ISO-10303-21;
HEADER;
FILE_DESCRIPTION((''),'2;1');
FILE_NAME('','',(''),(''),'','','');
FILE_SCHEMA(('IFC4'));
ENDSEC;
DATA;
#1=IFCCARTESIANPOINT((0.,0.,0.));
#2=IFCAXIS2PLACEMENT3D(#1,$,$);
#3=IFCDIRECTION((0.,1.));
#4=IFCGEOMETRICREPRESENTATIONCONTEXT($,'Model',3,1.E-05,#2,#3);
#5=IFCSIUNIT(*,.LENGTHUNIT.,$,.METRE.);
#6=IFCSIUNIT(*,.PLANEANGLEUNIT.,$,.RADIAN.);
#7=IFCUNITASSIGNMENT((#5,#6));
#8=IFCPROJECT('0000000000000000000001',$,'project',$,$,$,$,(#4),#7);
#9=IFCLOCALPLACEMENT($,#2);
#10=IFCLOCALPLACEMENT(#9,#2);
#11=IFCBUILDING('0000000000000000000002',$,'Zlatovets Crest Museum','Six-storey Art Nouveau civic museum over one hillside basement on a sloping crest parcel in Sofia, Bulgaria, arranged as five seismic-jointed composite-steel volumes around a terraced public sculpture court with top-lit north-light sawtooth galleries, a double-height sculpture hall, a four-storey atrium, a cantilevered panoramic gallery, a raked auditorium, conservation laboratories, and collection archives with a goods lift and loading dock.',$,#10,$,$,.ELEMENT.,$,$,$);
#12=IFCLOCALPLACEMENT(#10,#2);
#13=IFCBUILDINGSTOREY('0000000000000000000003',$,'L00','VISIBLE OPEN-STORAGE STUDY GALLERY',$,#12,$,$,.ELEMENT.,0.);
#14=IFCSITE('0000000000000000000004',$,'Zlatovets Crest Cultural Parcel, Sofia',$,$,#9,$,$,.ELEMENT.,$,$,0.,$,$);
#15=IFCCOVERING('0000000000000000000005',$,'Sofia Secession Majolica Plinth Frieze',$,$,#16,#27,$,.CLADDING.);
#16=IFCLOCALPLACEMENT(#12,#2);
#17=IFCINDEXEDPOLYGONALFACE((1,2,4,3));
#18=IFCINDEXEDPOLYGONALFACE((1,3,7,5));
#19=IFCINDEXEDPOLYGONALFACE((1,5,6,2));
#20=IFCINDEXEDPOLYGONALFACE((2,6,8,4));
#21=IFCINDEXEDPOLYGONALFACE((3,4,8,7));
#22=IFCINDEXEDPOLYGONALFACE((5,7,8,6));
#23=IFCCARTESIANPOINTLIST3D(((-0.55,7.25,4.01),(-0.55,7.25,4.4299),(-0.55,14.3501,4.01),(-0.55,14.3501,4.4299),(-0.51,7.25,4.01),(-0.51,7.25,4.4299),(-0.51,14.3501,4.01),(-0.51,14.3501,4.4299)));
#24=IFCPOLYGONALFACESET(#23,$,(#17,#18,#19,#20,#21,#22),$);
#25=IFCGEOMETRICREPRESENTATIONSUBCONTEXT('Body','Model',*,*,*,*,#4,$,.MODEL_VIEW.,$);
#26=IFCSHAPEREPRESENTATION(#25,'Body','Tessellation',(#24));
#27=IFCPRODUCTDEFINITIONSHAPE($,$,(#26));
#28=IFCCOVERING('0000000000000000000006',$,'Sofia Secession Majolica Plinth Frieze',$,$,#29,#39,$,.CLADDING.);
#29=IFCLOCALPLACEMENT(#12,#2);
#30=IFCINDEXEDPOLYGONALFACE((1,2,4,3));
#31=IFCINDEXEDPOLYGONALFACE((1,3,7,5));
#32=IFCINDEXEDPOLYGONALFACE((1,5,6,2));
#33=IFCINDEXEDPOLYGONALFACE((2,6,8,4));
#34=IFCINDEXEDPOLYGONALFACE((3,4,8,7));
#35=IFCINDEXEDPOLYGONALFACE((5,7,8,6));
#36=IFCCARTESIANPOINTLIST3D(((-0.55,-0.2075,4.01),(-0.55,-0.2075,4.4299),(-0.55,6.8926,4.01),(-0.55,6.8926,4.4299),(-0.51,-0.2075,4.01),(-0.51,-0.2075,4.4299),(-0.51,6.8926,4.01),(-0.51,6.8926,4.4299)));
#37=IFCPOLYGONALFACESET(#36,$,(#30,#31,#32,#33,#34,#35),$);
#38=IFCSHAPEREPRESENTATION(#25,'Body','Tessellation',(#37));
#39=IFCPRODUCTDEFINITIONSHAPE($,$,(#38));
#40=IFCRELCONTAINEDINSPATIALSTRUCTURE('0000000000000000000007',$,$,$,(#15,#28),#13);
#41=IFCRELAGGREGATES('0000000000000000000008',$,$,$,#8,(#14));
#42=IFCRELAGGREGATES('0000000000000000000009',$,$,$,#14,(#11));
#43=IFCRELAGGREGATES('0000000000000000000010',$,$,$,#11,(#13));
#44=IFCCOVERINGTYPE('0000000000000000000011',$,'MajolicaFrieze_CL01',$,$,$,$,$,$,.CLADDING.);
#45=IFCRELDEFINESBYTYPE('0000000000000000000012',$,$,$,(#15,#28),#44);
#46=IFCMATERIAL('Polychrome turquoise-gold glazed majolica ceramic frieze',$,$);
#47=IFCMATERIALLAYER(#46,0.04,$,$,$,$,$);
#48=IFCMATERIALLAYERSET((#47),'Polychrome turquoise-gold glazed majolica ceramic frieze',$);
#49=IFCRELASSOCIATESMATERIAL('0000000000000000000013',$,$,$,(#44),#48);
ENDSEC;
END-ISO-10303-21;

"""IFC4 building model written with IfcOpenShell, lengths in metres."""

from ifc_helpers import new_model, si_unit, direction, frame, origin, origin_2d, place, context, subcontext, project, spatial, rectangle, extrude, material, layer, layer_set, type_object, element, save


model = new_model("IFC4")

# Units and contexts
model_context = context("Model", 3, precision=1e-05, world=origin(), true_north=direction((0.0, 1.0)))
body_context = subcontext(model_context, "Body", "Model", "MODEL_VIEW")
ifc_project = project(units=[si_unit("LENGTHUNIT", "METRE"), si_unit("PLANEANGLEUNIT", "RADIAN")], contexts=[model_context])

# Site, building, storey
site_placement = place(None, origin())
site = spatial("IfcSite", under=ifc_project, at=site_placement, Name="Zlatovets Crest Cultural Parcel, Sofia", CompositionType="ELEMENT", RefElevation=0.0)
building_placement = place(site_placement, origin())
building = spatial("IfcBuilding", under=site, at=building_placement, Name="Zlatovets Crest Museum", Description="Six-storey Art Nouveau civic museum over one hillside basement on a sloping crest parcel in Sofia, Bulgaria, arranged as five seismic-jointed composite-steel volumes around a terraced public sculpture court with top-lit north-light sawtooth galleries, a double-height sculpture hall, a four-storey atrium, a cantilevered panoramic gallery, a raked auditorium, conservation laboratories, and collection archives with a goods lift and loading dock.", CompositionType="ELEMENT")
storey_placement = place(building_placement, origin())
storey = spatial("IfcBuildingStorey", under=building, at=storey_placement, Name="L00", Description="VISIBLE OPEN-STORAGE STUDY GALLERY", CompositionType="ELEMENT", Elevation=0.0)

# Coverings
ifc_material_1 = material(Name="Polychrome turquoise-gold glazed majolica ceramic frieze")
ifc_layer_1 = layer(ifc_material_1, 0.04)
ifc_layer_set_1 = layer_set([ifc_layer_1], Name="Polychrome turquoise-gold glazed majolica ceramic frieze")
covering_type = type_object("IfcCoveringType", Name="MajolicaFrieze_CL01", PredefinedType="CLADDING", material=ifc_layer_set_1)
for number, where, z_axis, x_axis, name in (
    (1, (-0.53, 10.8, 4.01), (0.0, 0.0, 1.0), (0.0, 1.0, 0.0), "Sofia Secession Majolica Plinth Frieze"),
    (2, (-0.53, 3.3425, 4.01), (0.0, 0.0, 1.0), (0.0, 1.0, 0.0), "Sofia Secession Majolica Plinth Frieze"),
):
    element("IfcCovering", number, at=place(storey_placement, frame(where, z_axis=z_axis, x_axis=x_axis)), inside=storey, type_object=covering_type, Name=name, PredefinedType="CLADDING", context=body_context, shape_type="SweptSolid", body=[
        extrude(rectangle(XDim=7.1001, YDim=0.04, at=origin_2d()), origin(), (0.0, 0.0, 1.0), 0.4199),
    ])

save(model, "model.ifc")
